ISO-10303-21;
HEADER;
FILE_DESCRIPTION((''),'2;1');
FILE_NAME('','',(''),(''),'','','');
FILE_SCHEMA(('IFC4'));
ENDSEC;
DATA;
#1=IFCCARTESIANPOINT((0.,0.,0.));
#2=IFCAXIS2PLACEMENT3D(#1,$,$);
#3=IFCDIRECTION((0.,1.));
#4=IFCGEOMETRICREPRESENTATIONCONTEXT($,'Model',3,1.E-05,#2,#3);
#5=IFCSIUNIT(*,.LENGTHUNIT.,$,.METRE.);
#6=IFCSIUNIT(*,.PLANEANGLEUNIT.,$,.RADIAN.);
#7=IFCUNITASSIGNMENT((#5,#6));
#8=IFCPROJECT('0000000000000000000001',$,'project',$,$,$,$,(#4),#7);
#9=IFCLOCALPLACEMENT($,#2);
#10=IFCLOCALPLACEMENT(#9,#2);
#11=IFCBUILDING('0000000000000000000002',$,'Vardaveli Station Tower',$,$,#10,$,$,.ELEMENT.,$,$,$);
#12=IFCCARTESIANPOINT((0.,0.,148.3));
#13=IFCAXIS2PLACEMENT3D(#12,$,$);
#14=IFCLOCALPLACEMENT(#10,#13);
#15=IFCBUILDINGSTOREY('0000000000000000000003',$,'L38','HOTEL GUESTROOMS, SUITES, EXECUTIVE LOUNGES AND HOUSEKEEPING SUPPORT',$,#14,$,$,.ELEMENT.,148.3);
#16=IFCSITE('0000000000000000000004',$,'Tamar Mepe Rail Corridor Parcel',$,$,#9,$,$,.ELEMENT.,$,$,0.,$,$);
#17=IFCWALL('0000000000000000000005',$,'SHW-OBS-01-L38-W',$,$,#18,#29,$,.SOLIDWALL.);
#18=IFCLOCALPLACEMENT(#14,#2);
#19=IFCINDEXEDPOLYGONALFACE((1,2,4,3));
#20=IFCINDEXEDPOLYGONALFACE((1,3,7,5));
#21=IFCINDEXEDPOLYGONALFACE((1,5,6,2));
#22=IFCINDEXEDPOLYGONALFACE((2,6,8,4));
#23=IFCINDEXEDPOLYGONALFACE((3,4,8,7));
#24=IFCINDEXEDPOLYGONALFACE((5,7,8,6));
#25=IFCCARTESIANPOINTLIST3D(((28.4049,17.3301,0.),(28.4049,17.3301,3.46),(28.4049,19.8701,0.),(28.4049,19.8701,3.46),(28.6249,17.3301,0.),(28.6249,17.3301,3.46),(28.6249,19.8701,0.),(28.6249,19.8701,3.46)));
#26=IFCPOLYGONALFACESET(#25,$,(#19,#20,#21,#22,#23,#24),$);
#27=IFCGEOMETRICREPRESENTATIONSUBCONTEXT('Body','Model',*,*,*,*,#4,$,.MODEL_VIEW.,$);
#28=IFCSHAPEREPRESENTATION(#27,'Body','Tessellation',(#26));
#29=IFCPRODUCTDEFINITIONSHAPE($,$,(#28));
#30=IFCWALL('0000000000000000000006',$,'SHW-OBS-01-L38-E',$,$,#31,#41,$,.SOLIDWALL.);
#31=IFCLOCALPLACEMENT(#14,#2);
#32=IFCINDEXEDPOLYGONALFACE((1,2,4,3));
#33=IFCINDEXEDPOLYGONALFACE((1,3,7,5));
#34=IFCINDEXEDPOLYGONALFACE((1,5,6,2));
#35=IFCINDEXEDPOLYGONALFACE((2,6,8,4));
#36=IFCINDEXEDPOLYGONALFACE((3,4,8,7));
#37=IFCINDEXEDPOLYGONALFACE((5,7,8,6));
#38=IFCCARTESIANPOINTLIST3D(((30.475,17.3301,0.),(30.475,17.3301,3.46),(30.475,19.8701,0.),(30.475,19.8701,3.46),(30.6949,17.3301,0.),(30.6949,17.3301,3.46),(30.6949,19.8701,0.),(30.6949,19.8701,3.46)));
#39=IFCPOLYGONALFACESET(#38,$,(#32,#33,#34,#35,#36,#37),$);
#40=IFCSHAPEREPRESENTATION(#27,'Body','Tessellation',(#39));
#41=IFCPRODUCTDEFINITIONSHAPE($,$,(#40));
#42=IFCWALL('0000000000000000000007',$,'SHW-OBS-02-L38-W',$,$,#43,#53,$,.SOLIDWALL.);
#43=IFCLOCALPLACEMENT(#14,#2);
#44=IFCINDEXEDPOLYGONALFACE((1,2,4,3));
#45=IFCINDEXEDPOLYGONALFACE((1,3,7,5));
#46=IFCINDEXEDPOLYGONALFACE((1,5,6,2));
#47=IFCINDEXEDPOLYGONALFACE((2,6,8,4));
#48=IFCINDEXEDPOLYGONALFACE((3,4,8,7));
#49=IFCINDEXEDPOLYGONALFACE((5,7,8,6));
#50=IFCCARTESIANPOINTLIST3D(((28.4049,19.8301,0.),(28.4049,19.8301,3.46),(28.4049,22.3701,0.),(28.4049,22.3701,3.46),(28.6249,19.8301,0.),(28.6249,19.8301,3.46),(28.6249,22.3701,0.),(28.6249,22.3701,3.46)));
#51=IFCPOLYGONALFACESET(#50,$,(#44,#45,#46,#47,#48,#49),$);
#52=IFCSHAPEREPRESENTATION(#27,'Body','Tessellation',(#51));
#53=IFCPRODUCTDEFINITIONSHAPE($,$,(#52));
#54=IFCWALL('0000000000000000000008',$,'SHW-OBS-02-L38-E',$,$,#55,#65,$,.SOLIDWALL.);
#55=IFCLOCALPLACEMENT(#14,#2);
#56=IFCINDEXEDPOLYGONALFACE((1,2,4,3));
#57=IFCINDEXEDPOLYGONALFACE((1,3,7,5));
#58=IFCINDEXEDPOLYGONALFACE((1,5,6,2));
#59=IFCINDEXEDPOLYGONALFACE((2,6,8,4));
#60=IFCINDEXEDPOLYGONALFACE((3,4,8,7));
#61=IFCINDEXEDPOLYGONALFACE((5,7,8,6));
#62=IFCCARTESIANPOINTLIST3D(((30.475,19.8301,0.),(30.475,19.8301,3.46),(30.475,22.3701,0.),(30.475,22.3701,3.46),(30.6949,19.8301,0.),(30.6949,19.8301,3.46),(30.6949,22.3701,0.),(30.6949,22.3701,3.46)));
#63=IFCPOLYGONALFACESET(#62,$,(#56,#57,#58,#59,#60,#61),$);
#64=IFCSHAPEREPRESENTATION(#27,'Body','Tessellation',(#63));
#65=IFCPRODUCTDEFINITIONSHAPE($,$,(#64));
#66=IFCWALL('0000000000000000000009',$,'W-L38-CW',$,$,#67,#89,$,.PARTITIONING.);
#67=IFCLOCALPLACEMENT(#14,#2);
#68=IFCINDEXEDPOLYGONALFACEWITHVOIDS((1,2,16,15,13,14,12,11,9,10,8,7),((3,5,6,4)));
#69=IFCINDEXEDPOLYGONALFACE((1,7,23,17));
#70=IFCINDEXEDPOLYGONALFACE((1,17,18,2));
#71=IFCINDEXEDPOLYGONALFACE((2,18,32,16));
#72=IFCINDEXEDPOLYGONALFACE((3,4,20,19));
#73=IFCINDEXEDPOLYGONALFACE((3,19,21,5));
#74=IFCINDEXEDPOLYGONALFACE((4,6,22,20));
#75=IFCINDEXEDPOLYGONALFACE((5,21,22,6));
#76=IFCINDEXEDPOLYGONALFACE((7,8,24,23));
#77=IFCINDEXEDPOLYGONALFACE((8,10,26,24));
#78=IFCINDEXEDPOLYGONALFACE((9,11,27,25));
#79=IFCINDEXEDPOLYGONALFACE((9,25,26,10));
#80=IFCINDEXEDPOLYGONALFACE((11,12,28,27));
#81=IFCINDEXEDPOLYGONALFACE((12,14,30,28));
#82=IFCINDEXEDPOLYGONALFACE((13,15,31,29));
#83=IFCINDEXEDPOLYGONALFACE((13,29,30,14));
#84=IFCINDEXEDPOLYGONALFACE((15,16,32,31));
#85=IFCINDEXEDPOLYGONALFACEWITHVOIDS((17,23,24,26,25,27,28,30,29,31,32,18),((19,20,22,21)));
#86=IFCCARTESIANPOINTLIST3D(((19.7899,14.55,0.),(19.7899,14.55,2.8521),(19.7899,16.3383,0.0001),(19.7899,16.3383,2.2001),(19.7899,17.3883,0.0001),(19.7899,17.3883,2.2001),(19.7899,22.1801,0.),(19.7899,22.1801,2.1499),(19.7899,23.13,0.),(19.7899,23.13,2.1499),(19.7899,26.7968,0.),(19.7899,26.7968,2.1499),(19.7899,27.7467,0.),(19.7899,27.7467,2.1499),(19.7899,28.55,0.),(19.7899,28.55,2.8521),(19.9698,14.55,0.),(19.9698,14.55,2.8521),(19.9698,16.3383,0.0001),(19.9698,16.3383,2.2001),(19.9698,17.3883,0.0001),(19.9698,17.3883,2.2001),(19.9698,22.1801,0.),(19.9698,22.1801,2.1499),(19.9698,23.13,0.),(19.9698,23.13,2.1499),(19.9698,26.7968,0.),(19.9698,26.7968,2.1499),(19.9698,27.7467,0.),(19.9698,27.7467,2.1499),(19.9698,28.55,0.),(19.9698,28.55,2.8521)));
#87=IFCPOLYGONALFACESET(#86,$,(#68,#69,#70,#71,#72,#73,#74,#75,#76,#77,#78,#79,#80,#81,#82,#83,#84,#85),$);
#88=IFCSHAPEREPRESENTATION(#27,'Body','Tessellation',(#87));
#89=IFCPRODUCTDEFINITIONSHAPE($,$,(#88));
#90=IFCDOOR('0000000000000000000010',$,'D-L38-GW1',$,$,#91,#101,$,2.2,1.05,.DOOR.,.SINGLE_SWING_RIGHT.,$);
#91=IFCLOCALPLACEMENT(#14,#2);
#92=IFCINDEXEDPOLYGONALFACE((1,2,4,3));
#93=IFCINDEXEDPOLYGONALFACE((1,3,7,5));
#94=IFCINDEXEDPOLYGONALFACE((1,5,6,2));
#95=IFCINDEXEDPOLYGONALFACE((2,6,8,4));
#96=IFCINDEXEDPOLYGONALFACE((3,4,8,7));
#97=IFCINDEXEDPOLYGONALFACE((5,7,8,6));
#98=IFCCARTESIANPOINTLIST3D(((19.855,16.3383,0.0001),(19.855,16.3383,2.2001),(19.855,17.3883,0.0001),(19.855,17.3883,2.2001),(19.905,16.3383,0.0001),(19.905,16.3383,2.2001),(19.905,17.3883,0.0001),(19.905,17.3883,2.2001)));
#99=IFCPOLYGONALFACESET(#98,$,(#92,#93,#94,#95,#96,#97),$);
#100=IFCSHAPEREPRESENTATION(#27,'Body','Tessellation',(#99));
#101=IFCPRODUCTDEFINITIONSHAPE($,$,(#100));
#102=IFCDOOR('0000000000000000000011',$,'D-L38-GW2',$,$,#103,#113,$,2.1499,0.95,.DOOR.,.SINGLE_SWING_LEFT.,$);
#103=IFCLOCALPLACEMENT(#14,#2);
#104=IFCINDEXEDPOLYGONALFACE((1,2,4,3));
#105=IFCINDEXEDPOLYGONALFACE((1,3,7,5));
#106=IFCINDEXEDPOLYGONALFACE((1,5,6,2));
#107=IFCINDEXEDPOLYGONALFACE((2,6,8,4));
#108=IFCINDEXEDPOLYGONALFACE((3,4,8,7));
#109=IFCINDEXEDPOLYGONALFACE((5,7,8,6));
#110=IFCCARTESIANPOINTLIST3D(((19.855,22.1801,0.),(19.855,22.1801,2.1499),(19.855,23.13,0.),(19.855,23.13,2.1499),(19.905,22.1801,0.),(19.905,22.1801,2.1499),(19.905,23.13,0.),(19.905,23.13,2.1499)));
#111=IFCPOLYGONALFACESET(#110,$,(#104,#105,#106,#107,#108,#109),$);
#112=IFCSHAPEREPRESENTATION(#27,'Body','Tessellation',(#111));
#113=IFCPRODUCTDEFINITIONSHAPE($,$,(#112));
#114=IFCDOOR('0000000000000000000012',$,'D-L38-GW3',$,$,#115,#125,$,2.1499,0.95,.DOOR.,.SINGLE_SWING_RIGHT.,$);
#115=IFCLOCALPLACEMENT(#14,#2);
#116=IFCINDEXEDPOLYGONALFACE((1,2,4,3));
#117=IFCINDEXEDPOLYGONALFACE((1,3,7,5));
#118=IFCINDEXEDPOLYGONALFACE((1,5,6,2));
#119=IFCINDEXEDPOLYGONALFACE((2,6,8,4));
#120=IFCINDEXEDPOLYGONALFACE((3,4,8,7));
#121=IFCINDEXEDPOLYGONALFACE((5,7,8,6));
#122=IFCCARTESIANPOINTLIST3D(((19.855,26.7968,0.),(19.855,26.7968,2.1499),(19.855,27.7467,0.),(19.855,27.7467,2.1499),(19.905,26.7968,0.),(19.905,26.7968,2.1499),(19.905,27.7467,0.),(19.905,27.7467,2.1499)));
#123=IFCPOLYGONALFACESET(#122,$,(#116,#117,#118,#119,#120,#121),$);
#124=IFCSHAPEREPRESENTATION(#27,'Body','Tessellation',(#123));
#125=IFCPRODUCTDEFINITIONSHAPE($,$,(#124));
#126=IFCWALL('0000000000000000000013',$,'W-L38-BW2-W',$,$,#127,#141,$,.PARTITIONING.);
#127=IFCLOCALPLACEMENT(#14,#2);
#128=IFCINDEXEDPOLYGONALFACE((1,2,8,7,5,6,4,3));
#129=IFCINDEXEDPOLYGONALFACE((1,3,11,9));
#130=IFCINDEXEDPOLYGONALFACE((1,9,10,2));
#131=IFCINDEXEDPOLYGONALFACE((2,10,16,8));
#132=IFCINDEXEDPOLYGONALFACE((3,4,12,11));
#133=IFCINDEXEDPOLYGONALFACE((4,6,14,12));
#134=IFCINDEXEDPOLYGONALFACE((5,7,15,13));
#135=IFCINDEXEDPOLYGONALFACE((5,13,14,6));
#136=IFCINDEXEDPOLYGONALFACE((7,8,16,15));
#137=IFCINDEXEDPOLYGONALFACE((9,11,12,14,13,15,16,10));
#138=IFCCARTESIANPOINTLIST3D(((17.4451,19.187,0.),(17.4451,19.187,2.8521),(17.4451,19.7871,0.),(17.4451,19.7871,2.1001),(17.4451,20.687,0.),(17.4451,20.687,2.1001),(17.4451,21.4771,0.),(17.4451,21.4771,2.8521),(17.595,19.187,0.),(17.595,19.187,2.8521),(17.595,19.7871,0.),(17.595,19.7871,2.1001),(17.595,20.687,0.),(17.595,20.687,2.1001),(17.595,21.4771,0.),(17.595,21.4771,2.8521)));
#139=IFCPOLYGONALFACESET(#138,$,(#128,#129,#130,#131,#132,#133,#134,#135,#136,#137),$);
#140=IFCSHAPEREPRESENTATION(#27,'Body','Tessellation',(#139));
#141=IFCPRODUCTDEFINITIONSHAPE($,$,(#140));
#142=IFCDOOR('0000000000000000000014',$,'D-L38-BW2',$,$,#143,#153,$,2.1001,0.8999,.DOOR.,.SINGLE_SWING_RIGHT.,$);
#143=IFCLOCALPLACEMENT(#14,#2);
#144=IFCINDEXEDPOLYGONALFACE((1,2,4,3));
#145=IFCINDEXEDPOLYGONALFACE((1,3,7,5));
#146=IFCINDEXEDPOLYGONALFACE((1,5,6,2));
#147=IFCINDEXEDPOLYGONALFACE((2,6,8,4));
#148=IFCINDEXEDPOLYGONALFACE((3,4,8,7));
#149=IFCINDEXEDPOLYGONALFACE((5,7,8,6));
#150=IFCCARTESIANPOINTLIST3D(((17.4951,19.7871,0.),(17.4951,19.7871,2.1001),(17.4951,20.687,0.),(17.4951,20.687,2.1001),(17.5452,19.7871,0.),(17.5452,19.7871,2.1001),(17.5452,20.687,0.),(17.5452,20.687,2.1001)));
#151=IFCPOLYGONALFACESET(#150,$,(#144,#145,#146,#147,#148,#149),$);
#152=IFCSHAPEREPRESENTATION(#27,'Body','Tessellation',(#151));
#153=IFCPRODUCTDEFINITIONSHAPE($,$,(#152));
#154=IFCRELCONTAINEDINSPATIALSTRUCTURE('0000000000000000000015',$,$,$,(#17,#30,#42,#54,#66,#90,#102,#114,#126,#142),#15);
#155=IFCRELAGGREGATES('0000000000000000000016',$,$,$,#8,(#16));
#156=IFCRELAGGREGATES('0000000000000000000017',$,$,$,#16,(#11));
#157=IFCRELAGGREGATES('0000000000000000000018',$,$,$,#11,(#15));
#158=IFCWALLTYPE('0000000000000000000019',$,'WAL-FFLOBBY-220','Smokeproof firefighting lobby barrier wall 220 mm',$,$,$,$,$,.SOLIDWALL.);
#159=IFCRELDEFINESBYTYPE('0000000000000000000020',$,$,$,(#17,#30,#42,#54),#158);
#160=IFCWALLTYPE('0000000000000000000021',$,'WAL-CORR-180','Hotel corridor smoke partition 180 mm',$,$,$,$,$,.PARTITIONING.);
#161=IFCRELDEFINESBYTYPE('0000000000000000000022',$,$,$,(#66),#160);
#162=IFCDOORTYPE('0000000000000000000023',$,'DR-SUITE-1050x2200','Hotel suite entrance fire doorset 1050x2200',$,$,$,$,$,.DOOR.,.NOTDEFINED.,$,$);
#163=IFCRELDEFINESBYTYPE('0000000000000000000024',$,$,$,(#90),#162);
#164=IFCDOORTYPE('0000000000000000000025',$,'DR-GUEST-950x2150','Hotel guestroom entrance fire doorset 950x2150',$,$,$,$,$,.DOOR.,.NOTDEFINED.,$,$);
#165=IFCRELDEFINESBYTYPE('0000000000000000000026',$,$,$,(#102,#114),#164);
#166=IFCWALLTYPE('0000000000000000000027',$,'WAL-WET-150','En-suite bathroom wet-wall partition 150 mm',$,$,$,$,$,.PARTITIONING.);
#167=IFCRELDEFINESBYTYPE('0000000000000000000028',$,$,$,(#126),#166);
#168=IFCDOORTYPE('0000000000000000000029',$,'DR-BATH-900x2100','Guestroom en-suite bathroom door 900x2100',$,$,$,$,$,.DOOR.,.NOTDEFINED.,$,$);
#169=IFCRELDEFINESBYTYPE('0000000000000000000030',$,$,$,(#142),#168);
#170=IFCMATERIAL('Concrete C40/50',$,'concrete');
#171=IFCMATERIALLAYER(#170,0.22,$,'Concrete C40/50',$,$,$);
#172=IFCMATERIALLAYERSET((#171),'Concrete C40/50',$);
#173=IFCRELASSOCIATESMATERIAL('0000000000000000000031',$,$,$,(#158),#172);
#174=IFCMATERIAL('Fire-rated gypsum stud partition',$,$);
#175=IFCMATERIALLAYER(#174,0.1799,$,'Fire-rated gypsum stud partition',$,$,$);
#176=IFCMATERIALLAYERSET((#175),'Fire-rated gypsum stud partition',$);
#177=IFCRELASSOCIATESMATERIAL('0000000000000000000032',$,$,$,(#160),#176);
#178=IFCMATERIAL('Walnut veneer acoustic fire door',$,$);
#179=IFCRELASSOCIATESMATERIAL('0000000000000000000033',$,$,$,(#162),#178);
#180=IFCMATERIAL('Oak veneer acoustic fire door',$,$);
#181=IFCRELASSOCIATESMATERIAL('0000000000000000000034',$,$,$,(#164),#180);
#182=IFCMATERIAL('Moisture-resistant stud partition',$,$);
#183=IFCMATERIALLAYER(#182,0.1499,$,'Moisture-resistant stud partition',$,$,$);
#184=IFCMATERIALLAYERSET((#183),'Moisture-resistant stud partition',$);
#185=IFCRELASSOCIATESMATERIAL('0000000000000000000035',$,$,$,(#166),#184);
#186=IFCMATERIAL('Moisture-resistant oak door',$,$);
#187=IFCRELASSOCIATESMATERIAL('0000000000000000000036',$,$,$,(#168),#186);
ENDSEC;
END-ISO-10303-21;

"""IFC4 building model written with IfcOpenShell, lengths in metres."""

from ifc_helpers import new_model, si_unit, direction, frame, frame_2d, origin, place, context, subcontext, project, spatial, rectangle, extrude, source, transform, mapped, material, layer, layer_set, type_object, element, fill, save


model = new_model("IFC4")

# Units and contexts
model_context = context("Model", 3, precision=1e-05, world=origin(), true_north=direction((0.0, 1.0)))
body_context = subcontext(model_context, "Body", "Model", "MODEL_VIEW")
ifc_project = project(units=[si_unit("LENGTHUNIT", "METRE"), si_unit("PLANEANGLEUNIT", "RADIAN")], contexts=[model_context])

# Site, building, storey
site_placement = place(None, origin())
site = spatial("IfcSite", under=ifc_project, at=site_placement, Name="Tamar Mepe Rail Corridor Parcel", CompositionType="ELEMENT", RefElevation=0.0)
building_placement = place(site_placement, origin())
building = spatial("IfcBuilding", under=site, at=building_placement, Name="Vardaveli Station Tower", CompositionType="ELEMENT")
storey_placement = place(building_placement, frame((0.0, 0.0, 148.3)))
storey = spatial("IfcBuildingStorey", under=building, at=storey_placement, Name="L38", Description="HOTEL GUESTROOMS, SUITES, EXECUTIVE LOUNGES AND HOUSEKEEPING SUPPORT", CompositionType="ELEMENT", Elevation=148.3)

# Walls
ifc_material_1 = material(Name="Concrete C40/50", Category="concrete")
ifc_layer_1 = layer(ifc_material_1, 0.22, Name="Concrete C40/50")
ifc_layer_set_1 = layer_set([ifc_layer_1], Name="Concrete C40/50")
wall_type_1 = type_object("IfcWallType", Name="WAL-FFLOBBY-220", Description="Smokeproof firefighting lobby barrier wall 220 mm", PredefinedType="SOLIDWALL", material=ifc_layer_set_1)
shared_shape_1 = source(origin(), body_context, "Body", "SweptSolid", [
    extrude(rectangle(XDim=2.54, YDim=0.22, at=frame_2d((1.27, 0.0))), origin(), (0.0, 0.0, 1.0), 3.46),
])
for number, where, z_axis, x_axis, name in (
    (1, (28.5149, 17.3301, 0.0), (0.0, 0.0, 1.0), (0.0, 1.0, 0.0), "SHW-OBS-01-L38-W"),
    (2, (30.585, 17.3301, 0.0), (0.0, 0.0, 1.0), (0.0, 1.0, 0.0), "SHW-OBS-01-L38-E"),
    (3, (28.5149, 19.8301, 0.0), (0.0, 0.0, 1.0), (0.0, 1.0, 0.0), "SHW-OBS-02-L38-W"),
    (4, (30.585, 19.8301, 0.0), (0.0, 0.0, 1.0), (0.0, 1.0, 0.0), "SHW-OBS-02-L38-E"),
):
    element("IfcWall", number, at=place(storey_placement, frame(where, z_axis=z_axis, x_axis=x_axis)), inside=storey, type_object=wall_type_1, Name=name, PredefinedType="SOLIDWALL", context=body_context, shape_type="MappedRepresentation", body=[
        mapped(shared_shape_1, transform((0.0, 0.0, 0.0), scale=1.0)),
    ])

# Wall, openings, doors
ifc_material_2 = material(Name="Fire-rated gypsum stud partition")
ifc_layer_2 = layer(ifc_material_2, 0.1799, Name="Fire-rated gypsum stud partition")
ifc_layer_set_2 = layer_set([ifc_layer_2], Name="Fire-rated gypsum stud partition")
wall_type_2 = type_object("IfcWallType", Name="WAL-CORR-180", Description="Hotel corridor smoke partition 180 mm", PredefinedType="PARTITIONING", material=ifc_layer_set_2)
shared_shape_2 = source(origin(), body_context, "Body", "SweptSolid", [
    extrude(rectangle(XDim=14.0, YDim=0.1799, at=frame_2d((7.0, 0.0))), origin(), (0.0, 0.0, 1.0), 2.8521),
])
wall_1_placement = place(storey_placement, frame((19.8799, 14.55, 0.0), z_axis=(0.0, 0.0, 1.0), x_axis=(0.0, 1.0, 0.0)))
wall_1 = element("IfcWall", 5, at=wall_1_placement, inside=storey, type_object=wall_type_2, Name="W-L38-CW", PredefinedType="PARTITIONING", context=body_context, shape_type="MappedRepresentation", body=[
    mapped(shared_shape_2, transform((0.0, 0.0, 0.0), scale=1.0)),
])
shared_shape_3 = source(origin(), body_context, "Body", "SweptSolid", [
    extrude(rectangle(XDim=1.05, YDim=2.2, at=frame_2d((0.5249, 1.1001))), frame((0.0, 0.1001, 0.0), z_axis=(0.0, -1.0, 0.0), x_axis=(1.0, 0.0, 0.0)), (0.0, 0.0, 1.0), 0.2),
])
opening_1_placement = place(wall_1_placement, frame((1.7883, 0.0, 0.0)))
opening_1 = element("IfcOpeningElement", 6, at=opening_1_placement, cuts=wall_1, PredefinedType="OPENING", context=body_context, shape_type="MappedRepresentation", body=[
    mapped(shared_shape_3, transform((0.0, 0.0, 0.0), scale=1.0)),
])
shared_shape_4 = source(origin(), body_context, "Body", "SweptSolid", [
    extrude(rectangle(XDim=0.95, YDim=2.1499, at=frame_2d((0.4751, 1.075))), frame((0.0, 0.1001, 0.0), z_axis=(0.0, -1.0, 0.0), x_axis=(1.0, 0.0, 0.0)), (0.0, 0.0, 1.0), 0.2),
])
opening_2_placement = place(wall_1_placement, frame((7.6299, 0.0, 0.0)))
opening_2 = element("IfcOpeningElement", 7, at=opening_2_placement, cuts=wall_1, PredefinedType="OPENING", context=body_context, shape_type="MappedRepresentation", body=[
    mapped(shared_shape_4, transform((0.0, 0.0, 0.0), scale=1.0)),
])
opening_3_placement = place(wall_1_placement, frame((12.2466, 0.0, 0.0)))
opening_3 = element("IfcOpeningElement", 8, at=opening_3_placement, cuts=wall_1, PredefinedType="OPENING", context=body_context, shape_type="MappedRepresentation", body=[
    mapped(shared_shape_4, transform((0.0, 0.0, 0.0), scale=1.0)),
])
ifc_material_3 = material(Name="Walnut veneer acoustic fire door")
door_type_1 = type_object("IfcDoorType", Name="DR-SUITE-1050x2200", Description="Hotel suite entrance fire doorset 1050x2200", OperationType="NOTDEFINED", PredefinedType="DOOR", material=ifc_material_3)
shared_shape_5 = source(origin(), body_context, "Body", "SweptSolid", [
    extrude(rectangle(XDim=1.05, YDim=2.2, at=frame_2d((0.5249, 1.1001))), frame((0.0, 0.0249, 0.0), z_axis=(0.0, -1.0, 0.0), x_axis=(1.0, 0.0, 0.0)), (0.0, 0.0, 1.0), 0.05),
])
door_1_placement = place(opening_1_placement, origin())
door_1 = element("IfcDoor", 9, at=door_1_placement, inside=storey, type_object=door_type_1, Name="D-L38-GW1", OperationType="SINGLE_SWING_RIGHT", OverallHeight=2.2, OverallWidth=1.05, PredefinedType="DOOR", context=body_context, shape_type="MappedRepresentation", body=[
    mapped(shared_shape_5, transform((0.0, 0.0, 0.0), scale=1.0)),
])
fill(opening_1, door_1)
ifc_material_4 = material(Name="Oak veneer acoustic fire door")
door_type_2 = type_object("IfcDoorType", Name="DR-GUEST-950x2150", Description="Hotel guestroom entrance fire doorset 950x2150", OperationType="NOTDEFINED", PredefinedType="DOOR", material=ifc_material_4)
shared_shape_6 = source(origin(), body_context, "Body", "SweptSolid", [
    extrude(rectangle(XDim=0.95, YDim=2.1499, at=frame_2d((0.4751, 1.075))), frame((0.0, 0.0249, 0.0), z_axis=(0.0, -1.0, 0.0), x_axis=(1.0, 0.0, 0.0)), (0.0, 0.0, 1.0), 0.05),
])
door_2_placement = place(opening_2_placement, origin())
door_2 = element("IfcDoor", 10, at=door_2_placement, inside=storey, type_object=door_type_2, Name="D-L38-GW2", OperationType="SINGLE_SWING_LEFT", OverallHeight=2.1499, OverallWidth=0.95, PredefinedType="DOOR", context=body_context, shape_type="MappedRepresentation", body=[
    mapped(shared_shape_6, transform((0.0, 0.0, 0.0), scale=1.0)),
])
fill(opening_2, door_2)
door_3_placement = place(opening_3_placement, origin())
door_3 = element("IfcDoor", 11, at=door_3_placement, inside=storey, type_object=door_type_2, Name="D-L38-GW3", OperationType="SINGLE_SWING_RIGHT", OverallHeight=2.1499, OverallWidth=0.95, PredefinedType="DOOR", context=body_context, shape_type="MappedRepresentation", body=[
    mapped(shared_shape_6, transform((0.0, 0.0, 0.0), scale=1.0)),
])
fill(opening_3, door_3)

# Wall, opening, door
ifc_material_5 = material(Name="Moisture-resistant stud partition")
ifc_layer_3 = layer(ifc_material_5, 0.1499, Name="Moisture-resistant stud partition")
ifc_layer_set_3 = layer_set([ifc_layer_3], Name="Moisture-resistant stud partition")
wall_type_3 = type_object("IfcWallType", Name="WAL-WET-150", Description="En-suite bathroom wet-wall partition 150 mm", PredefinedType="PARTITIONING", material=ifc_layer_set_3)
shared_shape_7 = source(origin(), body_context, "Body", "SweptSolid", [
    extrude(rectangle(XDim=2.29, YDim=0.1499, at=frame_2d((1.145, 0.0))), origin(), (0.0, 0.0, 1.0), 2.8521),
])
wall_2_placement = place(storey_placement, frame((17.52, 19.187, 0.0), z_axis=(0.0, 0.0, 1.0), x_axis=(0.0, 1.0, 0.0)))
wall_2 = element("IfcWall", 12, at=wall_2_placement, inside=storey, type_object=wall_type_3, Name="W-L38-BW2-W", PredefinedType="PARTITIONING", context=body_context, shape_type="MappedRepresentation", body=[
    mapped(shared_shape_7, transform((0.0, 0.0, 0.0), scale=1.0)),
])
shared_shape_8 = source(origin(), body_context, "Body", "SweptSolid", [
    extrude(rectangle(XDim=0.8999, YDim=2.1001, at=frame_2d((0.45, 1.05))), frame((0.0, 0.085, 0.0), z_axis=(0.0, -1.0, 0.0), x_axis=(1.0, 0.0, 0.0)), (0.0, 0.0, 1.0), 0.1699),
])
opening_4_placement = place(wall_2_placement, frame((0.6001, 0.0, 0.0)))
opening_4 = element("IfcOpeningElement", 13, at=opening_4_placement, cuts=wall_2, PredefinedType="OPENING", context=body_context, shape_type="MappedRepresentation", body=[
    mapped(shared_shape_8, transform((0.0, 0.0, 0.0), scale=1.0)),
])
ifc_material_6 = material(Name="Moisture-resistant oak door")
door_type_3 = type_object("IfcDoorType", Name="DR-BATH-900x2100", Description="Guestroom en-suite bathroom door 900x2100", OperationType="NOTDEFINED", PredefinedType="DOOR", material=ifc_material_6)
shared_shape_9 = source(origin(), body_context, "Body", "SweptSolid", [
    extrude(rectangle(XDim=0.8999, YDim=2.1001, at=frame_2d((0.45, 1.05))), frame((0.0, 0.0249, 0.0), z_axis=(0.0, -1.0, 0.0), x_axis=(1.0, 0.0, 0.0)), (0.0, 0.0, 1.0), 0.05),
])
door_4_placement = place(opening_4_placement, origin())
door_4 = element("IfcDoor", 14, at=door_4_placement, inside=storey, type_object=door_type_3, Name="D-L38-BW2", OperationType="SINGLE_SWING_RIGHT", OverallHeight=2.1001, OverallWidth=0.8999, PredefinedType="DOOR", context=body_context, shape_type="MappedRepresentation", body=[
    mapped(shared_shape_9, transform((0.0, 0.0, 0.0), scale=1.0)),
])
fill(opening_4, door_4)

save(model, "model.ifc")
